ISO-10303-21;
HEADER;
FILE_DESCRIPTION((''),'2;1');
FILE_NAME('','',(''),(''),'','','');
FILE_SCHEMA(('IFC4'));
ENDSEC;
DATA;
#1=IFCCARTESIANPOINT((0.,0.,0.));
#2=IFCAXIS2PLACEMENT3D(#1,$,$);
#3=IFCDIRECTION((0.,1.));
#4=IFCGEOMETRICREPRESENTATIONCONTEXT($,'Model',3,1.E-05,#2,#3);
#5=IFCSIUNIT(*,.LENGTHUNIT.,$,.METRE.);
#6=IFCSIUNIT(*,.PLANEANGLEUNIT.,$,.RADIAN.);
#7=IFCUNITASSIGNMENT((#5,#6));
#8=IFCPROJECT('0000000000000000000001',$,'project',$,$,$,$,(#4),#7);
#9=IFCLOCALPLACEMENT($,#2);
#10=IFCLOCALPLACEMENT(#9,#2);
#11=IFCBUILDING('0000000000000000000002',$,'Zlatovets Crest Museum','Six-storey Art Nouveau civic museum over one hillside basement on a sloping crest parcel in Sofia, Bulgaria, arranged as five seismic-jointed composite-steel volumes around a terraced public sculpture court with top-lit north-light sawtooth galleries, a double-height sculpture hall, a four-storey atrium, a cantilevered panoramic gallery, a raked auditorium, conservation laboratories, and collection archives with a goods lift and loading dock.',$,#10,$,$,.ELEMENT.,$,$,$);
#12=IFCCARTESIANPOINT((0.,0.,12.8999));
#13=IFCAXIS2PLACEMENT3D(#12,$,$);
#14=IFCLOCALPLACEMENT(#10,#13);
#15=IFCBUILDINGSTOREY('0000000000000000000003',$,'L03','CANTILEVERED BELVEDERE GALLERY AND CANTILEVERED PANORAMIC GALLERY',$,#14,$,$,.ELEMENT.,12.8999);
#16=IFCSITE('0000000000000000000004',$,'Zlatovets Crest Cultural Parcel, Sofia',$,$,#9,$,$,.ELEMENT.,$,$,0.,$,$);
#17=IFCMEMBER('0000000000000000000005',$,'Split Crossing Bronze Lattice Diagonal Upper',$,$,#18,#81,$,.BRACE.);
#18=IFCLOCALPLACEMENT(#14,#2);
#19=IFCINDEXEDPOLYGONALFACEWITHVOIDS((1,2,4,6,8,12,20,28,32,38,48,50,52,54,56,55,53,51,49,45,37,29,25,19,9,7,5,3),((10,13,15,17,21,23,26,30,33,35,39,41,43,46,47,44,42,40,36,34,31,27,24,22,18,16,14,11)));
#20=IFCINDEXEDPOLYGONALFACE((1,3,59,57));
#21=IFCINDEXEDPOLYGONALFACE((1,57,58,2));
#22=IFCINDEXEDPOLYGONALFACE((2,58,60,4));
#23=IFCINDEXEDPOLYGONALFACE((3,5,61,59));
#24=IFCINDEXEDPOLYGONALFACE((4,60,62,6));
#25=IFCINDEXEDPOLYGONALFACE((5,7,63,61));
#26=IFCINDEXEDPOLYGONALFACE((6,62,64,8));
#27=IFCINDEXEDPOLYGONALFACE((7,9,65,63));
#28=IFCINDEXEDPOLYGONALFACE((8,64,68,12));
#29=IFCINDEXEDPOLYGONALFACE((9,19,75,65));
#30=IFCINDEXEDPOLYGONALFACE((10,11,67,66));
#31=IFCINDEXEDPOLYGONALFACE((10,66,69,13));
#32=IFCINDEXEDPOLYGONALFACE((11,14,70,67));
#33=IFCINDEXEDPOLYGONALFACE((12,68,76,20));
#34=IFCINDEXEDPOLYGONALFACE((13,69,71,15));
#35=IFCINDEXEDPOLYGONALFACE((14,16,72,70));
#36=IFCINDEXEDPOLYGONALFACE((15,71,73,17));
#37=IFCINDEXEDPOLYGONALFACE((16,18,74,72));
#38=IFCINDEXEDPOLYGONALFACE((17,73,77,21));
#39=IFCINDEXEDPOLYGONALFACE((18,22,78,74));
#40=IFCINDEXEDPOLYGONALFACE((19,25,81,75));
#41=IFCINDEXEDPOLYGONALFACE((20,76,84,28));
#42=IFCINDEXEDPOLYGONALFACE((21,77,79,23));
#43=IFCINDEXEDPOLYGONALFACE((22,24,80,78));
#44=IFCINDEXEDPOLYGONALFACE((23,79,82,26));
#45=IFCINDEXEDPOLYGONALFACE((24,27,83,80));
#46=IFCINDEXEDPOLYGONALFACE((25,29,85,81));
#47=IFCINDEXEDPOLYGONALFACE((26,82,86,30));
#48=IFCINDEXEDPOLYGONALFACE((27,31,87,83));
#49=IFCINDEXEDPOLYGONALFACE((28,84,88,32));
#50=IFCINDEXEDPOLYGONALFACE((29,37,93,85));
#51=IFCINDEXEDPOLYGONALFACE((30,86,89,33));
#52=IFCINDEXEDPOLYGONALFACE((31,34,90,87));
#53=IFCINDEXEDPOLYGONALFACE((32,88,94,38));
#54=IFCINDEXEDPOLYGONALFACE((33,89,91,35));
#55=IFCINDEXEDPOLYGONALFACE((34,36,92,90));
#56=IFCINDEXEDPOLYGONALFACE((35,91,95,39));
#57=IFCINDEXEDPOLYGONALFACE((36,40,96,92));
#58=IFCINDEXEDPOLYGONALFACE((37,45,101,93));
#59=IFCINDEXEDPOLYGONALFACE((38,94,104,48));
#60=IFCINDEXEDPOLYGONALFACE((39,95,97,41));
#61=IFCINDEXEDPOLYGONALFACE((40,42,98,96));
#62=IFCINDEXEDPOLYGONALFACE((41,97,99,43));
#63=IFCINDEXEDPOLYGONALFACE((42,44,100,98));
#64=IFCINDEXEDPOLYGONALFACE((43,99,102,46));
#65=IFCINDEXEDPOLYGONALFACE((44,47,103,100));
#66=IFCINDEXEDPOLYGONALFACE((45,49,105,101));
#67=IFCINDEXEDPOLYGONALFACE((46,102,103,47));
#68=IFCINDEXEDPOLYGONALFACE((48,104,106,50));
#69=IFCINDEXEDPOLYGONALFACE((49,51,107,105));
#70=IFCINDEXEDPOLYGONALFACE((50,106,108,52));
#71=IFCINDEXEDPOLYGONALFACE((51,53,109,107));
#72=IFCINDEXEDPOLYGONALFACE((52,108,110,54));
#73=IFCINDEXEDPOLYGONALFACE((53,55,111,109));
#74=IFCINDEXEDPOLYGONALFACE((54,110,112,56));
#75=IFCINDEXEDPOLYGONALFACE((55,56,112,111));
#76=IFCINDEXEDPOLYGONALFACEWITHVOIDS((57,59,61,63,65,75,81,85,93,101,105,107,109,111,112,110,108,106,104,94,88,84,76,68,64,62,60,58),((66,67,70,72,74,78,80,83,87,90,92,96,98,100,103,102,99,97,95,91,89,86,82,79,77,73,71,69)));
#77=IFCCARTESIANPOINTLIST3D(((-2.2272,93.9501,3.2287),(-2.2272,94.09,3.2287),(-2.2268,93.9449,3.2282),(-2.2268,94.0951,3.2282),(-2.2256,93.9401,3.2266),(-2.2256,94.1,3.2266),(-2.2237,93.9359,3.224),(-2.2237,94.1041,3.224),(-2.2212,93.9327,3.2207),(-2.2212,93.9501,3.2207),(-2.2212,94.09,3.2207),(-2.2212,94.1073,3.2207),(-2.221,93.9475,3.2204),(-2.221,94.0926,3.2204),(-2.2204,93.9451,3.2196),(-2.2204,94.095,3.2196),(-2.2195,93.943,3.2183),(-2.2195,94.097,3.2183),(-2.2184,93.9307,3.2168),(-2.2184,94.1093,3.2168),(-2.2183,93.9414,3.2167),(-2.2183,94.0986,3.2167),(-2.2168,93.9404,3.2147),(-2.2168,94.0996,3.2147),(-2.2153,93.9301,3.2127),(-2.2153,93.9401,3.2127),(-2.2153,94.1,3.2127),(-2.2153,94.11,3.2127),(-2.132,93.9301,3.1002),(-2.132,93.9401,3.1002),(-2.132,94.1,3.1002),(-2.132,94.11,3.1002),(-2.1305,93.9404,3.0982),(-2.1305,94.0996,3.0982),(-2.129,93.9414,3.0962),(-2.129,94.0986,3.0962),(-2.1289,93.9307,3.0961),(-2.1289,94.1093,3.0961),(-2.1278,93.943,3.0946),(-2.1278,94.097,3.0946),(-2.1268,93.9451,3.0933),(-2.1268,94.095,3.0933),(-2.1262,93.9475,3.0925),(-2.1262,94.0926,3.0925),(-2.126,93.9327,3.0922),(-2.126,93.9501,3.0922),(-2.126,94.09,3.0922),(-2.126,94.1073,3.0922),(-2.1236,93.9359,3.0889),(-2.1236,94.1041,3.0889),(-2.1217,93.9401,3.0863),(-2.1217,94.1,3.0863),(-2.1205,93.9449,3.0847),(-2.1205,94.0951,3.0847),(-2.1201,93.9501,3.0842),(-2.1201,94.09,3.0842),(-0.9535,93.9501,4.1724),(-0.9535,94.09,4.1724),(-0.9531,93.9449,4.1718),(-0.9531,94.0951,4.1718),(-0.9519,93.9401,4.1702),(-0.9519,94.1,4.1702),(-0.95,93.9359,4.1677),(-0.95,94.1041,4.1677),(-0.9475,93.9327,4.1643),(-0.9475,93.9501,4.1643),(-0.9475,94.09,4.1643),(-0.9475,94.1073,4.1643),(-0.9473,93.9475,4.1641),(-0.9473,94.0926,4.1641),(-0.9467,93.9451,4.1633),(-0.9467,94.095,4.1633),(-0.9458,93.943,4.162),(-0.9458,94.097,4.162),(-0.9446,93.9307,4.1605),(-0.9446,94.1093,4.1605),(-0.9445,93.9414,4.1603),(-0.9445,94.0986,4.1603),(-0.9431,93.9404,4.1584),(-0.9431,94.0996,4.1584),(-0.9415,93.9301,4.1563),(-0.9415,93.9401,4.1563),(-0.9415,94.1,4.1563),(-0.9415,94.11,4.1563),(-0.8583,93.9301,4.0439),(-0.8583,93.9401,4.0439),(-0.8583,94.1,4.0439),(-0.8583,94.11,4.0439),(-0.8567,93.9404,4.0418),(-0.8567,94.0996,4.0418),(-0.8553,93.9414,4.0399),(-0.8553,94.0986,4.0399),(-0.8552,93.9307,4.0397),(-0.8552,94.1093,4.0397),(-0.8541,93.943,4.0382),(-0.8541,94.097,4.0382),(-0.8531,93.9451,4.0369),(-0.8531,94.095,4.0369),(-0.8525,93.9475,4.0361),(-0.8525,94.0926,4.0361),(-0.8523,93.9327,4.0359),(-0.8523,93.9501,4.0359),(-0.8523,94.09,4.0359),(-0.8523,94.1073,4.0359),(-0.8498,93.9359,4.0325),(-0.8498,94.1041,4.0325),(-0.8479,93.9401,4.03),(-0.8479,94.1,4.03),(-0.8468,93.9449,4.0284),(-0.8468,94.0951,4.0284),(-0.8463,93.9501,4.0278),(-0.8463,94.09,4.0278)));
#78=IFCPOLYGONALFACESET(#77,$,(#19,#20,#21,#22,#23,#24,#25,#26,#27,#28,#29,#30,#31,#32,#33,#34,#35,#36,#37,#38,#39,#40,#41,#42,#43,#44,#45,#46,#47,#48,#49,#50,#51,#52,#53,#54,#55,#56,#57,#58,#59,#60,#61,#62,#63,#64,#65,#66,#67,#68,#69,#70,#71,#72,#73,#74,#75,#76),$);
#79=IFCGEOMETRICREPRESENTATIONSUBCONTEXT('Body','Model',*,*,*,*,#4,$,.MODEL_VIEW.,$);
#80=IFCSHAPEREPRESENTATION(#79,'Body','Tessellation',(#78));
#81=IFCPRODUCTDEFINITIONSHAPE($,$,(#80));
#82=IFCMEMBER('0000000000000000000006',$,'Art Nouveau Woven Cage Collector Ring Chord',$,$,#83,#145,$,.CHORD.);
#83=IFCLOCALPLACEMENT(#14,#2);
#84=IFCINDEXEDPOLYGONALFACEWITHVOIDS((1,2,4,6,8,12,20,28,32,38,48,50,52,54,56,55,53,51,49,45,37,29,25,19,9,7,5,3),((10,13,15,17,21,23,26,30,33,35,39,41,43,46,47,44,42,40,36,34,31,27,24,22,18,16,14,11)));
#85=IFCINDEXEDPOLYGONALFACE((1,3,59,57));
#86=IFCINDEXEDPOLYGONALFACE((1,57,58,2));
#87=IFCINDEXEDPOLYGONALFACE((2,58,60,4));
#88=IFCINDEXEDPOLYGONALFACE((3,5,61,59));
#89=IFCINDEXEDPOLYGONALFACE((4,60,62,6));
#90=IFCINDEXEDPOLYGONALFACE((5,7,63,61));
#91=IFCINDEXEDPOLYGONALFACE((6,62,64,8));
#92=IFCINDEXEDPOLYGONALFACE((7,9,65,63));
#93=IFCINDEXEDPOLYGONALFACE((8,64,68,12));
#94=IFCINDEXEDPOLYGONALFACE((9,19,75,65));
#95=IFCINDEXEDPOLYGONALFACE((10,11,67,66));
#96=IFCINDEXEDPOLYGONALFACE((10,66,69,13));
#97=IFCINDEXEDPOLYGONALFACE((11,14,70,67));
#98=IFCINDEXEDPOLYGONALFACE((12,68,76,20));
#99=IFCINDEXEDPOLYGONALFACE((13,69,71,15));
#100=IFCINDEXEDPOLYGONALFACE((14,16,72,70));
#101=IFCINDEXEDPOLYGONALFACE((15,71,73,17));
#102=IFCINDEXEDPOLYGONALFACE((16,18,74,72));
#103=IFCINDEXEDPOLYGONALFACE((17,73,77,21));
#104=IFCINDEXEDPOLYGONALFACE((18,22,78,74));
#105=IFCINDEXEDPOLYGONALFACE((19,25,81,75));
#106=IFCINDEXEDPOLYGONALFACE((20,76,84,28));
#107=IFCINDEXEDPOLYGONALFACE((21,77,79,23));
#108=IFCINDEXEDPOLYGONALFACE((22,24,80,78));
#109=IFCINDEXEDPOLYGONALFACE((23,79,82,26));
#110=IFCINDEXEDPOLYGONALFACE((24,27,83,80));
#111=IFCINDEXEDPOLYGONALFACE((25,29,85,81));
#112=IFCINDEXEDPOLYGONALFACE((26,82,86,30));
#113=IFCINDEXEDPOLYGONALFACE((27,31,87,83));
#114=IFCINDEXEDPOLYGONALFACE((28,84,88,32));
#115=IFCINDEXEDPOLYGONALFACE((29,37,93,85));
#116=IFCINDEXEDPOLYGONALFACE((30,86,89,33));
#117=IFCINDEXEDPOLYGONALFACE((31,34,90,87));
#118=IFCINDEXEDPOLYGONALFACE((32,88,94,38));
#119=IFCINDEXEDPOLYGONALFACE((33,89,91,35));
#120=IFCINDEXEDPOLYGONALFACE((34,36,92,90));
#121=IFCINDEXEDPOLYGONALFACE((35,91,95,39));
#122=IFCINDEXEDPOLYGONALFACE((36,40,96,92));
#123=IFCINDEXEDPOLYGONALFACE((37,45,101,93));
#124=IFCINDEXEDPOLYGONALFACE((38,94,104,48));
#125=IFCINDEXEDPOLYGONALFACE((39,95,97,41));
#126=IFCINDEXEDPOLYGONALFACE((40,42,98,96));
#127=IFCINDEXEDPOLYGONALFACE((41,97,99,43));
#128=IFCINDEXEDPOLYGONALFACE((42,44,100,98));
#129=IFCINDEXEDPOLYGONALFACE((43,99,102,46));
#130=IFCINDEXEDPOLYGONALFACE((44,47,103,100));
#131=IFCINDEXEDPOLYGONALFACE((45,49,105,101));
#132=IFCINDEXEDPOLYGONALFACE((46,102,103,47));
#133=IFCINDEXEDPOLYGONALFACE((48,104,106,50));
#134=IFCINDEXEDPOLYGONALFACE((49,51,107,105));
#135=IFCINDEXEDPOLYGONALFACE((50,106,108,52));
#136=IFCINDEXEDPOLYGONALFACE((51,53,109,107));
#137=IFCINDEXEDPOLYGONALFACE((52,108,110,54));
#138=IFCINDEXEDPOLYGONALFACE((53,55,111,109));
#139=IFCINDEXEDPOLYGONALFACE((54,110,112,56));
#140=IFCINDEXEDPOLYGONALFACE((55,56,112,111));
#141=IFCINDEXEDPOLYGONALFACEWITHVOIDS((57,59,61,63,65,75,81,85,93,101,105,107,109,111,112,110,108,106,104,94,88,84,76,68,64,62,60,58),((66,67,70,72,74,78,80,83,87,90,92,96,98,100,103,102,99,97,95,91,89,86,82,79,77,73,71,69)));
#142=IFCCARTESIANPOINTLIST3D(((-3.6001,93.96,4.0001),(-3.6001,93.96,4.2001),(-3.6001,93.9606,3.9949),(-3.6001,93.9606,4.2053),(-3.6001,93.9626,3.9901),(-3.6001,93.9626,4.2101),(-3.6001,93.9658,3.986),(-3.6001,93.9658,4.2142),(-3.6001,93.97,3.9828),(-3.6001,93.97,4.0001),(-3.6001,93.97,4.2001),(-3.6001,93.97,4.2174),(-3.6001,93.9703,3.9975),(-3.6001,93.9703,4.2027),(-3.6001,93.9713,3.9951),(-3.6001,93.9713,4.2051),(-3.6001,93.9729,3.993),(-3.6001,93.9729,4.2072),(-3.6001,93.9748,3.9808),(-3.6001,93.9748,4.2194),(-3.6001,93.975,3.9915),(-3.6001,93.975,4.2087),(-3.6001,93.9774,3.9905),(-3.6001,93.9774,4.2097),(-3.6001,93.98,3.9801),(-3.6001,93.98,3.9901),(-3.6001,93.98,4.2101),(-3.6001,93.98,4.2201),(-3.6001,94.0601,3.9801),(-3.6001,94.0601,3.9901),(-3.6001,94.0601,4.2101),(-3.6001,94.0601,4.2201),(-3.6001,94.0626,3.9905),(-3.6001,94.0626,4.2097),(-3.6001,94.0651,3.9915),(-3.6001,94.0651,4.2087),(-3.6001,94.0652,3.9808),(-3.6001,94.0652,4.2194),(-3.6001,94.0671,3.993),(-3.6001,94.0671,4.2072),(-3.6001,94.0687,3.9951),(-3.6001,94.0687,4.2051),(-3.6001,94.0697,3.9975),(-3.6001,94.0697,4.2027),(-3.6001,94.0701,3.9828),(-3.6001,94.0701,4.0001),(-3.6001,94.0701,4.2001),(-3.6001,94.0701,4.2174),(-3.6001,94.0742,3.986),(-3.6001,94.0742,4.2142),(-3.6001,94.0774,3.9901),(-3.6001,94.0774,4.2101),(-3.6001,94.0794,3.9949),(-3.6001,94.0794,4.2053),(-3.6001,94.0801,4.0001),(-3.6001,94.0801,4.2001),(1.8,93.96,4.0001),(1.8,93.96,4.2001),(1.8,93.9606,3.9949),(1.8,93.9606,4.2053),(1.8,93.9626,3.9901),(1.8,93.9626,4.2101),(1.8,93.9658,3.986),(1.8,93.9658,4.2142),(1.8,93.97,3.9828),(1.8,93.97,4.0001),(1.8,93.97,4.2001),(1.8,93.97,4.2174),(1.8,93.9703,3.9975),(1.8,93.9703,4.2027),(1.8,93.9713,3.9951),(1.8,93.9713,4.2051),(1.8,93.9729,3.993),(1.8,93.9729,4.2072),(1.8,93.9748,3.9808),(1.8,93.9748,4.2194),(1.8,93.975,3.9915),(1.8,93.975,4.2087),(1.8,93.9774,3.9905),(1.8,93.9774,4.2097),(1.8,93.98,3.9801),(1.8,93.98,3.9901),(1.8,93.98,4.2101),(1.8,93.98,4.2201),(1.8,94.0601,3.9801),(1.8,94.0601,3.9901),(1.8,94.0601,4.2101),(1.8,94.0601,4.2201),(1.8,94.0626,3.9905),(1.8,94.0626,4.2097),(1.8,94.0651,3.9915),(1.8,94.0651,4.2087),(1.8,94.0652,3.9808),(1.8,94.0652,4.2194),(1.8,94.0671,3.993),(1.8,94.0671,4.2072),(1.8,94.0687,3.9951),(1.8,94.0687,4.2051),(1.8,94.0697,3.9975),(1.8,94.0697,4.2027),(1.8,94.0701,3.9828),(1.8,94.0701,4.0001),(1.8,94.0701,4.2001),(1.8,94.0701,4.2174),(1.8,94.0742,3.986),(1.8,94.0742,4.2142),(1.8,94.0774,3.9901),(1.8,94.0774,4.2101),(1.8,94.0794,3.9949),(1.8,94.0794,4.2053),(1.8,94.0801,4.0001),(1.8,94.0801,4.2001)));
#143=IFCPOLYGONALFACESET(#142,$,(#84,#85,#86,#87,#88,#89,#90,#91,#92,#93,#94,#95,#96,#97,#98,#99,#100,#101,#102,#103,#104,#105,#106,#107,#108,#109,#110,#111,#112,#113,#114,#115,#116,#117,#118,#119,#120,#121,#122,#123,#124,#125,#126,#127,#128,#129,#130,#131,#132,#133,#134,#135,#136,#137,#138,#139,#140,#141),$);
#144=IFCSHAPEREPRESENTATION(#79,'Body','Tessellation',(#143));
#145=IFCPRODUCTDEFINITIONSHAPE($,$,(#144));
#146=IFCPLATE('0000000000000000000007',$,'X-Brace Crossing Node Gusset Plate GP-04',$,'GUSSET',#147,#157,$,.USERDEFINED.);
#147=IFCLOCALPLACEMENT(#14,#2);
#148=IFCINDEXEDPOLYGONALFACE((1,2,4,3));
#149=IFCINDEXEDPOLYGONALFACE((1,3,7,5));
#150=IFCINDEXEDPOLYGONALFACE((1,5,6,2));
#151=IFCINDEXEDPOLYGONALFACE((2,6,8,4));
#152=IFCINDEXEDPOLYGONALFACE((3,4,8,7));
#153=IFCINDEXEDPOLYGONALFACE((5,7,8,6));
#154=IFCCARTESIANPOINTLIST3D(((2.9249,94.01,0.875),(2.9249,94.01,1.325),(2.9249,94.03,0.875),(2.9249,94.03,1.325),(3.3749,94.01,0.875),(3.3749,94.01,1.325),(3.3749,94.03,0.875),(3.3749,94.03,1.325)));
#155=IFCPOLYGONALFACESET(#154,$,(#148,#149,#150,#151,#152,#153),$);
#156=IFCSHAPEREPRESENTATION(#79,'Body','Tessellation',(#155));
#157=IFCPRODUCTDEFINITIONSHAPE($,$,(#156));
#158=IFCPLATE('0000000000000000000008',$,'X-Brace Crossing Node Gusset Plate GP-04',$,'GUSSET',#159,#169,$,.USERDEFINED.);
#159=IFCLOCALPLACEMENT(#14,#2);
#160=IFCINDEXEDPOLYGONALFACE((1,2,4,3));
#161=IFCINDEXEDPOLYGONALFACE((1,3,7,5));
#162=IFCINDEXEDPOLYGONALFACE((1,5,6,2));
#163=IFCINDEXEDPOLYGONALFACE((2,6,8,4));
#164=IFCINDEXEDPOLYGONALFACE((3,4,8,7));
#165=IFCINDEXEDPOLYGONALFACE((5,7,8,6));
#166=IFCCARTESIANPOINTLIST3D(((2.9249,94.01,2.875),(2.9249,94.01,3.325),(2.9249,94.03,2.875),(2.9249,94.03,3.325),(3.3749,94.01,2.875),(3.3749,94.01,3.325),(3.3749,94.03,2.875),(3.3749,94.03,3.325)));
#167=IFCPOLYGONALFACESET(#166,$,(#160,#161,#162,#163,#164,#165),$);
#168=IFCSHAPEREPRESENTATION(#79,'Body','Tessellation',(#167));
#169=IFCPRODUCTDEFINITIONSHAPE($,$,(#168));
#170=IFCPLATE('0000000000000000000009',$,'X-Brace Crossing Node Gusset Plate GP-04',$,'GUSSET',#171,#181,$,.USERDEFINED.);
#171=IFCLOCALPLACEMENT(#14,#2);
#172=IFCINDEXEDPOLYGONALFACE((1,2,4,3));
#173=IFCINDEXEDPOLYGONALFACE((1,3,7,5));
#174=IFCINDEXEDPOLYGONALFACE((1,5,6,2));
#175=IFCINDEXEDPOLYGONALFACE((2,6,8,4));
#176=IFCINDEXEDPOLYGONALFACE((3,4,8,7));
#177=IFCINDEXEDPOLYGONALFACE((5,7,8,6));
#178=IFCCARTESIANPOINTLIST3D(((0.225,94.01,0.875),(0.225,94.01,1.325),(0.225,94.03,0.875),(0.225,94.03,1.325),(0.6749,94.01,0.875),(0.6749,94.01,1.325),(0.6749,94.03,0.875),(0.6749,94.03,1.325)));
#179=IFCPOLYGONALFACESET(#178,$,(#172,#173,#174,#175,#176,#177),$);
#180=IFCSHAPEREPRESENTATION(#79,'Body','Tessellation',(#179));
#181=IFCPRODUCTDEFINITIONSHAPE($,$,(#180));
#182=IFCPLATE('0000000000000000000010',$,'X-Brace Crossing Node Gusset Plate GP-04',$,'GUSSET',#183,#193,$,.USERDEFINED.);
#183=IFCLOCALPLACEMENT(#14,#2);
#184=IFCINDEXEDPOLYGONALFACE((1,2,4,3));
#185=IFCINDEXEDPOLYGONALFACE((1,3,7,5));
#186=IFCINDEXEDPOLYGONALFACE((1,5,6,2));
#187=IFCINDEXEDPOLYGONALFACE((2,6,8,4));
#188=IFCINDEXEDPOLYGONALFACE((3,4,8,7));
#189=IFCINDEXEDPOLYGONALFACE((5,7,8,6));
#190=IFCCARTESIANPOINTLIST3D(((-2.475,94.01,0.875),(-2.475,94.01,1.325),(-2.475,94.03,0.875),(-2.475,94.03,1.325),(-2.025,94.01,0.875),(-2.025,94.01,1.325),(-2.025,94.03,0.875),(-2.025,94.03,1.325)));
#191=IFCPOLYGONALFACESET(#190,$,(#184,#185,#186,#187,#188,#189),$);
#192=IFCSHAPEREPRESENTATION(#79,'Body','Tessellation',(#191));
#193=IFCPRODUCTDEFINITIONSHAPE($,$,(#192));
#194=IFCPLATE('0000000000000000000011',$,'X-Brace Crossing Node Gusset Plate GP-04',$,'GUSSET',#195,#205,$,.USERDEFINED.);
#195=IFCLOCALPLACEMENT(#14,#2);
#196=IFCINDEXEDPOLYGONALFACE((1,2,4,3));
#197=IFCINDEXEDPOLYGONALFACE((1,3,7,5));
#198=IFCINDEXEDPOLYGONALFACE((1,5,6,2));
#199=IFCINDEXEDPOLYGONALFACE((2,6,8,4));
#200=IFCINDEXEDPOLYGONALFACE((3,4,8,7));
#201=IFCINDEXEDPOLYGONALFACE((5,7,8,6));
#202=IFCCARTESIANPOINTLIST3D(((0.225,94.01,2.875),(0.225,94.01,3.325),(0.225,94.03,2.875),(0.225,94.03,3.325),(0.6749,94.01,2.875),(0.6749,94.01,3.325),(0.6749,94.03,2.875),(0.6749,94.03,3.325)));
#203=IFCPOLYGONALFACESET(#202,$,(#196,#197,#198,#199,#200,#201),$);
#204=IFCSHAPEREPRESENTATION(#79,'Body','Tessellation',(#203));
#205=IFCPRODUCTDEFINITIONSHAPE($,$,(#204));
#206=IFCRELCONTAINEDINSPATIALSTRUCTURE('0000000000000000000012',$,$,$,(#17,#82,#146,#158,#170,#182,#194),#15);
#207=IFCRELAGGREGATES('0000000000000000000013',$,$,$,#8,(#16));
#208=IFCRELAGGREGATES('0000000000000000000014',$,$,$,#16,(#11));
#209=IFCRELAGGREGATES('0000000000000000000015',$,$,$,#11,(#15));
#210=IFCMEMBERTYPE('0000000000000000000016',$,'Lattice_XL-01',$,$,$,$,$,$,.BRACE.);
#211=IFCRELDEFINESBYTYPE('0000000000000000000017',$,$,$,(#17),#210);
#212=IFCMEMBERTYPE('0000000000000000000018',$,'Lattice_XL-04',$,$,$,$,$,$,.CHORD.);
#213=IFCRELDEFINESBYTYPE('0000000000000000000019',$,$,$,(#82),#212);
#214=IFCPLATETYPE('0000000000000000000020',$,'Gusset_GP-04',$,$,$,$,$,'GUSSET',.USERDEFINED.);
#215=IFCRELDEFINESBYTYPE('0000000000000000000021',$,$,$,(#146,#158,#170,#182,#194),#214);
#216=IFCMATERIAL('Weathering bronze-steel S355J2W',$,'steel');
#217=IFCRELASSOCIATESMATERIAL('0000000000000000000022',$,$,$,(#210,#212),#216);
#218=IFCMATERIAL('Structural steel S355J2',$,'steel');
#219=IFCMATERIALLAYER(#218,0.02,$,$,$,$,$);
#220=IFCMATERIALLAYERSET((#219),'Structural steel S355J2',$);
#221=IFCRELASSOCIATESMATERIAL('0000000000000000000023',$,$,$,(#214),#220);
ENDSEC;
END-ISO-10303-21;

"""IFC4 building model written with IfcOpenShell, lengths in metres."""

from ifc_helpers import new_model, si_unit, direction, frame, origin, origin_2d, place, context, subcontext, project, spatial, rectangle, hollow_rectangle, extrude, material, layer, layer_set, material_profile, profile_set, type_object, element, save


model = new_model("IFC4")

# Units and contexts
model_context = context("Model", 3, precision=1e-05, world=origin(), true_north=direction((0.0, 1.0)))
body_context = subcontext(model_context, "Body", "Model", "MODEL_VIEW")
ifc_project = project(units=[si_unit("LENGTHUNIT", "METRE"), si_unit("PLANEANGLEUNIT", "RADIAN")], contexts=[model_context])

# Site, building, storey
site_placement = place(None, origin())
site = spatial("IfcSite", under=ifc_project, at=site_placement, Name="Zlatovets Crest Cultural Parcel, Sofia", CompositionType="ELEMENT", RefElevation=0.0)
building_placement = place(site_placement, origin())
building = spatial("IfcBuilding", under=site, at=building_placement, Name="Zlatovets Crest Museum", Description="Six-storey Art Nouveau civic museum over one hillside basement on a sloping crest parcel in Sofia, Bulgaria, arranged as five seismic-jointed composite-steel volumes around a terraced public sculpture court with top-lit north-light sawtooth galleries, a double-height sculpture hall, a four-storey atrium, a cantilevered panoramic gallery, a raked auditorium, conservation laboratories, and collection archives with a goods lift and loading dock.", CompositionType="ELEMENT")
storey_placement = place(building_placement, frame((0.0, 0.0, 12.8999)))
storey = spatial("IfcBuildingStorey", under=building, at=storey_placement, Name="L03", Description="CANTILEVERED BELVEDERE GALLERY AND CANTILEVERED PANORAMIC GALLERY", CompositionType="ELEMENT", Elevation=12.8999)

# Members
ifc_material_1 = material(Name="Weathering bronze-steel S355J2W", Category="steel")
ifc_material_profile_1 = material_profile(ifc_material_1, hollow_rectangle(XDim=0.1799, YDim=0.1799, WallThickness=0.01, InnerFilletRadius=0.01, OuterFilletRadius=0.02, at=origin_2d()), Name="SHS 180x180x10.0")
ifc_profile_set_1 = profile_set([ifc_material_profile_1], Name="Weathering bronze-steel S355J2W")
member_type_1 = type_object("IfcMemberType", Name="Lattice_XL-01", PredefinedType="BRACE", material=ifc_profile_set_1)
member_1_placement = place(storey_placement, frame((-0.8999, 94.02, 4.1001), z_axis=(-0.803516, 0.0, -0.595283), x_axis=(0.0, -1.0, 0.0)))
element("IfcMember", 1, at=member_1_placement, inside=storey, type_object=member_type_1, Name="Split Crossing Bronze Lattice Diagonal Upper", PredefinedType="BRACE", context=body_context, shape_type="SweptSolid", body=[
    extrude(hollow_rectangle(XDim=0.1799, YDim=0.1799, WallThickness=0.01, InnerFilletRadius=0.01, OuterFilletRadius=0.02, at=origin_2d()), origin(), (0.0, 0.0, 1.0), 1.5852),
])
ifc_material_profile_2 = material_profile(ifc_material_1, hollow_rectangle(XDim=0.1201, YDim=0.24, WallThickness=0.01, InnerFilletRadius=0.01, OuterFilletRadius=0.02, at=origin_2d()), Name="RHS 120x240x10.0")
ifc_profile_set_2 = profile_set([ifc_material_profile_2], Name="Weathering bronze-steel S355J2W")
member_type_2 = type_object("IfcMemberType", Name="Lattice_XL-04", PredefinedType="CHORD", material=ifc_profile_set_2)
member_2_placement = place(storey_placement, frame((1.8, 94.02, 4.1001), z_axis=(-1.0, 0.0, 0.0), x_axis=(0.0, -1.0, 0.0)))
element("IfcMember", 2, at=member_2_placement, inside=storey, type_object=member_type_2, Name="Art Nouveau Woven Cage Collector Ring Chord", PredefinedType="CHORD", context=body_context, shape_type="SweptSolid", body=[
    extrude(hollow_rectangle(XDim=0.1201, YDim=0.24, WallThickness=0.01, InnerFilletRadius=0.01, OuterFilletRadius=0.02, at=origin_2d()), origin(), (0.0, 0.0, 1.0), 5.4001),
])

# Plates
ifc_material_2 = material(Name="Structural steel S355J2", Category="steel")
ifc_layer = layer(ifc_material_2, 0.02)
ifc_layer_set = layer_set([ifc_layer], Name="Structural steel S355J2")
plate_type = type_object("IfcPlateType", Name="Gusset_GP-04", ElementType="GUSSET", PredefinedType="USERDEFINED", material=ifc_layer_set)
for number, where, z_axis, x_axis, name in (
    (3, (3.1499, 94.02, 0.875), (0.0, 0.0, 1.0), (1.0, 0.0, 0.0), "X-Brace Crossing Node Gusset Plate GP-04"),
    (4, (3.1499, 94.02, 2.875), (0.0, 0.0, 1.0), (1.0, 0.0, 0.0), "X-Brace Crossing Node Gusset Plate GP-04"),
    (5, (0.45, 94.02, 0.875), (0.0, 0.0, 1.0), (1.0, 0.0, 0.0), "X-Brace Crossing Node Gusset Plate GP-04"),
    (6, (-2.25, 94.02, 0.875), (0.0, 0.0, 1.0), (1.0, 0.0, 0.0), "X-Brace Crossing Node Gusset Plate GP-04"),
    (7, (0.45, 94.02, 2.875), (0.0, 0.0, 1.0), (1.0, 0.0, 0.0), "X-Brace Crossing Node Gusset Plate GP-04"),
):
    element("IfcPlate", number, at=place(storey_placement, frame(where, z_axis=z_axis, x_axis=x_axis)), inside=storey, type_object=plate_type, Name=name, ObjectType="GUSSET", PredefinedType="USERDEFINED", context=body_context, shape_type="SweptSolid", body=[
        extrude(rectangle(XDim=0.45, YDim=0.02, at=origin_2d()), origin(), (0.0, 0.0, 1.0), 0.45),
    ])

save(model, "model.ifc")
